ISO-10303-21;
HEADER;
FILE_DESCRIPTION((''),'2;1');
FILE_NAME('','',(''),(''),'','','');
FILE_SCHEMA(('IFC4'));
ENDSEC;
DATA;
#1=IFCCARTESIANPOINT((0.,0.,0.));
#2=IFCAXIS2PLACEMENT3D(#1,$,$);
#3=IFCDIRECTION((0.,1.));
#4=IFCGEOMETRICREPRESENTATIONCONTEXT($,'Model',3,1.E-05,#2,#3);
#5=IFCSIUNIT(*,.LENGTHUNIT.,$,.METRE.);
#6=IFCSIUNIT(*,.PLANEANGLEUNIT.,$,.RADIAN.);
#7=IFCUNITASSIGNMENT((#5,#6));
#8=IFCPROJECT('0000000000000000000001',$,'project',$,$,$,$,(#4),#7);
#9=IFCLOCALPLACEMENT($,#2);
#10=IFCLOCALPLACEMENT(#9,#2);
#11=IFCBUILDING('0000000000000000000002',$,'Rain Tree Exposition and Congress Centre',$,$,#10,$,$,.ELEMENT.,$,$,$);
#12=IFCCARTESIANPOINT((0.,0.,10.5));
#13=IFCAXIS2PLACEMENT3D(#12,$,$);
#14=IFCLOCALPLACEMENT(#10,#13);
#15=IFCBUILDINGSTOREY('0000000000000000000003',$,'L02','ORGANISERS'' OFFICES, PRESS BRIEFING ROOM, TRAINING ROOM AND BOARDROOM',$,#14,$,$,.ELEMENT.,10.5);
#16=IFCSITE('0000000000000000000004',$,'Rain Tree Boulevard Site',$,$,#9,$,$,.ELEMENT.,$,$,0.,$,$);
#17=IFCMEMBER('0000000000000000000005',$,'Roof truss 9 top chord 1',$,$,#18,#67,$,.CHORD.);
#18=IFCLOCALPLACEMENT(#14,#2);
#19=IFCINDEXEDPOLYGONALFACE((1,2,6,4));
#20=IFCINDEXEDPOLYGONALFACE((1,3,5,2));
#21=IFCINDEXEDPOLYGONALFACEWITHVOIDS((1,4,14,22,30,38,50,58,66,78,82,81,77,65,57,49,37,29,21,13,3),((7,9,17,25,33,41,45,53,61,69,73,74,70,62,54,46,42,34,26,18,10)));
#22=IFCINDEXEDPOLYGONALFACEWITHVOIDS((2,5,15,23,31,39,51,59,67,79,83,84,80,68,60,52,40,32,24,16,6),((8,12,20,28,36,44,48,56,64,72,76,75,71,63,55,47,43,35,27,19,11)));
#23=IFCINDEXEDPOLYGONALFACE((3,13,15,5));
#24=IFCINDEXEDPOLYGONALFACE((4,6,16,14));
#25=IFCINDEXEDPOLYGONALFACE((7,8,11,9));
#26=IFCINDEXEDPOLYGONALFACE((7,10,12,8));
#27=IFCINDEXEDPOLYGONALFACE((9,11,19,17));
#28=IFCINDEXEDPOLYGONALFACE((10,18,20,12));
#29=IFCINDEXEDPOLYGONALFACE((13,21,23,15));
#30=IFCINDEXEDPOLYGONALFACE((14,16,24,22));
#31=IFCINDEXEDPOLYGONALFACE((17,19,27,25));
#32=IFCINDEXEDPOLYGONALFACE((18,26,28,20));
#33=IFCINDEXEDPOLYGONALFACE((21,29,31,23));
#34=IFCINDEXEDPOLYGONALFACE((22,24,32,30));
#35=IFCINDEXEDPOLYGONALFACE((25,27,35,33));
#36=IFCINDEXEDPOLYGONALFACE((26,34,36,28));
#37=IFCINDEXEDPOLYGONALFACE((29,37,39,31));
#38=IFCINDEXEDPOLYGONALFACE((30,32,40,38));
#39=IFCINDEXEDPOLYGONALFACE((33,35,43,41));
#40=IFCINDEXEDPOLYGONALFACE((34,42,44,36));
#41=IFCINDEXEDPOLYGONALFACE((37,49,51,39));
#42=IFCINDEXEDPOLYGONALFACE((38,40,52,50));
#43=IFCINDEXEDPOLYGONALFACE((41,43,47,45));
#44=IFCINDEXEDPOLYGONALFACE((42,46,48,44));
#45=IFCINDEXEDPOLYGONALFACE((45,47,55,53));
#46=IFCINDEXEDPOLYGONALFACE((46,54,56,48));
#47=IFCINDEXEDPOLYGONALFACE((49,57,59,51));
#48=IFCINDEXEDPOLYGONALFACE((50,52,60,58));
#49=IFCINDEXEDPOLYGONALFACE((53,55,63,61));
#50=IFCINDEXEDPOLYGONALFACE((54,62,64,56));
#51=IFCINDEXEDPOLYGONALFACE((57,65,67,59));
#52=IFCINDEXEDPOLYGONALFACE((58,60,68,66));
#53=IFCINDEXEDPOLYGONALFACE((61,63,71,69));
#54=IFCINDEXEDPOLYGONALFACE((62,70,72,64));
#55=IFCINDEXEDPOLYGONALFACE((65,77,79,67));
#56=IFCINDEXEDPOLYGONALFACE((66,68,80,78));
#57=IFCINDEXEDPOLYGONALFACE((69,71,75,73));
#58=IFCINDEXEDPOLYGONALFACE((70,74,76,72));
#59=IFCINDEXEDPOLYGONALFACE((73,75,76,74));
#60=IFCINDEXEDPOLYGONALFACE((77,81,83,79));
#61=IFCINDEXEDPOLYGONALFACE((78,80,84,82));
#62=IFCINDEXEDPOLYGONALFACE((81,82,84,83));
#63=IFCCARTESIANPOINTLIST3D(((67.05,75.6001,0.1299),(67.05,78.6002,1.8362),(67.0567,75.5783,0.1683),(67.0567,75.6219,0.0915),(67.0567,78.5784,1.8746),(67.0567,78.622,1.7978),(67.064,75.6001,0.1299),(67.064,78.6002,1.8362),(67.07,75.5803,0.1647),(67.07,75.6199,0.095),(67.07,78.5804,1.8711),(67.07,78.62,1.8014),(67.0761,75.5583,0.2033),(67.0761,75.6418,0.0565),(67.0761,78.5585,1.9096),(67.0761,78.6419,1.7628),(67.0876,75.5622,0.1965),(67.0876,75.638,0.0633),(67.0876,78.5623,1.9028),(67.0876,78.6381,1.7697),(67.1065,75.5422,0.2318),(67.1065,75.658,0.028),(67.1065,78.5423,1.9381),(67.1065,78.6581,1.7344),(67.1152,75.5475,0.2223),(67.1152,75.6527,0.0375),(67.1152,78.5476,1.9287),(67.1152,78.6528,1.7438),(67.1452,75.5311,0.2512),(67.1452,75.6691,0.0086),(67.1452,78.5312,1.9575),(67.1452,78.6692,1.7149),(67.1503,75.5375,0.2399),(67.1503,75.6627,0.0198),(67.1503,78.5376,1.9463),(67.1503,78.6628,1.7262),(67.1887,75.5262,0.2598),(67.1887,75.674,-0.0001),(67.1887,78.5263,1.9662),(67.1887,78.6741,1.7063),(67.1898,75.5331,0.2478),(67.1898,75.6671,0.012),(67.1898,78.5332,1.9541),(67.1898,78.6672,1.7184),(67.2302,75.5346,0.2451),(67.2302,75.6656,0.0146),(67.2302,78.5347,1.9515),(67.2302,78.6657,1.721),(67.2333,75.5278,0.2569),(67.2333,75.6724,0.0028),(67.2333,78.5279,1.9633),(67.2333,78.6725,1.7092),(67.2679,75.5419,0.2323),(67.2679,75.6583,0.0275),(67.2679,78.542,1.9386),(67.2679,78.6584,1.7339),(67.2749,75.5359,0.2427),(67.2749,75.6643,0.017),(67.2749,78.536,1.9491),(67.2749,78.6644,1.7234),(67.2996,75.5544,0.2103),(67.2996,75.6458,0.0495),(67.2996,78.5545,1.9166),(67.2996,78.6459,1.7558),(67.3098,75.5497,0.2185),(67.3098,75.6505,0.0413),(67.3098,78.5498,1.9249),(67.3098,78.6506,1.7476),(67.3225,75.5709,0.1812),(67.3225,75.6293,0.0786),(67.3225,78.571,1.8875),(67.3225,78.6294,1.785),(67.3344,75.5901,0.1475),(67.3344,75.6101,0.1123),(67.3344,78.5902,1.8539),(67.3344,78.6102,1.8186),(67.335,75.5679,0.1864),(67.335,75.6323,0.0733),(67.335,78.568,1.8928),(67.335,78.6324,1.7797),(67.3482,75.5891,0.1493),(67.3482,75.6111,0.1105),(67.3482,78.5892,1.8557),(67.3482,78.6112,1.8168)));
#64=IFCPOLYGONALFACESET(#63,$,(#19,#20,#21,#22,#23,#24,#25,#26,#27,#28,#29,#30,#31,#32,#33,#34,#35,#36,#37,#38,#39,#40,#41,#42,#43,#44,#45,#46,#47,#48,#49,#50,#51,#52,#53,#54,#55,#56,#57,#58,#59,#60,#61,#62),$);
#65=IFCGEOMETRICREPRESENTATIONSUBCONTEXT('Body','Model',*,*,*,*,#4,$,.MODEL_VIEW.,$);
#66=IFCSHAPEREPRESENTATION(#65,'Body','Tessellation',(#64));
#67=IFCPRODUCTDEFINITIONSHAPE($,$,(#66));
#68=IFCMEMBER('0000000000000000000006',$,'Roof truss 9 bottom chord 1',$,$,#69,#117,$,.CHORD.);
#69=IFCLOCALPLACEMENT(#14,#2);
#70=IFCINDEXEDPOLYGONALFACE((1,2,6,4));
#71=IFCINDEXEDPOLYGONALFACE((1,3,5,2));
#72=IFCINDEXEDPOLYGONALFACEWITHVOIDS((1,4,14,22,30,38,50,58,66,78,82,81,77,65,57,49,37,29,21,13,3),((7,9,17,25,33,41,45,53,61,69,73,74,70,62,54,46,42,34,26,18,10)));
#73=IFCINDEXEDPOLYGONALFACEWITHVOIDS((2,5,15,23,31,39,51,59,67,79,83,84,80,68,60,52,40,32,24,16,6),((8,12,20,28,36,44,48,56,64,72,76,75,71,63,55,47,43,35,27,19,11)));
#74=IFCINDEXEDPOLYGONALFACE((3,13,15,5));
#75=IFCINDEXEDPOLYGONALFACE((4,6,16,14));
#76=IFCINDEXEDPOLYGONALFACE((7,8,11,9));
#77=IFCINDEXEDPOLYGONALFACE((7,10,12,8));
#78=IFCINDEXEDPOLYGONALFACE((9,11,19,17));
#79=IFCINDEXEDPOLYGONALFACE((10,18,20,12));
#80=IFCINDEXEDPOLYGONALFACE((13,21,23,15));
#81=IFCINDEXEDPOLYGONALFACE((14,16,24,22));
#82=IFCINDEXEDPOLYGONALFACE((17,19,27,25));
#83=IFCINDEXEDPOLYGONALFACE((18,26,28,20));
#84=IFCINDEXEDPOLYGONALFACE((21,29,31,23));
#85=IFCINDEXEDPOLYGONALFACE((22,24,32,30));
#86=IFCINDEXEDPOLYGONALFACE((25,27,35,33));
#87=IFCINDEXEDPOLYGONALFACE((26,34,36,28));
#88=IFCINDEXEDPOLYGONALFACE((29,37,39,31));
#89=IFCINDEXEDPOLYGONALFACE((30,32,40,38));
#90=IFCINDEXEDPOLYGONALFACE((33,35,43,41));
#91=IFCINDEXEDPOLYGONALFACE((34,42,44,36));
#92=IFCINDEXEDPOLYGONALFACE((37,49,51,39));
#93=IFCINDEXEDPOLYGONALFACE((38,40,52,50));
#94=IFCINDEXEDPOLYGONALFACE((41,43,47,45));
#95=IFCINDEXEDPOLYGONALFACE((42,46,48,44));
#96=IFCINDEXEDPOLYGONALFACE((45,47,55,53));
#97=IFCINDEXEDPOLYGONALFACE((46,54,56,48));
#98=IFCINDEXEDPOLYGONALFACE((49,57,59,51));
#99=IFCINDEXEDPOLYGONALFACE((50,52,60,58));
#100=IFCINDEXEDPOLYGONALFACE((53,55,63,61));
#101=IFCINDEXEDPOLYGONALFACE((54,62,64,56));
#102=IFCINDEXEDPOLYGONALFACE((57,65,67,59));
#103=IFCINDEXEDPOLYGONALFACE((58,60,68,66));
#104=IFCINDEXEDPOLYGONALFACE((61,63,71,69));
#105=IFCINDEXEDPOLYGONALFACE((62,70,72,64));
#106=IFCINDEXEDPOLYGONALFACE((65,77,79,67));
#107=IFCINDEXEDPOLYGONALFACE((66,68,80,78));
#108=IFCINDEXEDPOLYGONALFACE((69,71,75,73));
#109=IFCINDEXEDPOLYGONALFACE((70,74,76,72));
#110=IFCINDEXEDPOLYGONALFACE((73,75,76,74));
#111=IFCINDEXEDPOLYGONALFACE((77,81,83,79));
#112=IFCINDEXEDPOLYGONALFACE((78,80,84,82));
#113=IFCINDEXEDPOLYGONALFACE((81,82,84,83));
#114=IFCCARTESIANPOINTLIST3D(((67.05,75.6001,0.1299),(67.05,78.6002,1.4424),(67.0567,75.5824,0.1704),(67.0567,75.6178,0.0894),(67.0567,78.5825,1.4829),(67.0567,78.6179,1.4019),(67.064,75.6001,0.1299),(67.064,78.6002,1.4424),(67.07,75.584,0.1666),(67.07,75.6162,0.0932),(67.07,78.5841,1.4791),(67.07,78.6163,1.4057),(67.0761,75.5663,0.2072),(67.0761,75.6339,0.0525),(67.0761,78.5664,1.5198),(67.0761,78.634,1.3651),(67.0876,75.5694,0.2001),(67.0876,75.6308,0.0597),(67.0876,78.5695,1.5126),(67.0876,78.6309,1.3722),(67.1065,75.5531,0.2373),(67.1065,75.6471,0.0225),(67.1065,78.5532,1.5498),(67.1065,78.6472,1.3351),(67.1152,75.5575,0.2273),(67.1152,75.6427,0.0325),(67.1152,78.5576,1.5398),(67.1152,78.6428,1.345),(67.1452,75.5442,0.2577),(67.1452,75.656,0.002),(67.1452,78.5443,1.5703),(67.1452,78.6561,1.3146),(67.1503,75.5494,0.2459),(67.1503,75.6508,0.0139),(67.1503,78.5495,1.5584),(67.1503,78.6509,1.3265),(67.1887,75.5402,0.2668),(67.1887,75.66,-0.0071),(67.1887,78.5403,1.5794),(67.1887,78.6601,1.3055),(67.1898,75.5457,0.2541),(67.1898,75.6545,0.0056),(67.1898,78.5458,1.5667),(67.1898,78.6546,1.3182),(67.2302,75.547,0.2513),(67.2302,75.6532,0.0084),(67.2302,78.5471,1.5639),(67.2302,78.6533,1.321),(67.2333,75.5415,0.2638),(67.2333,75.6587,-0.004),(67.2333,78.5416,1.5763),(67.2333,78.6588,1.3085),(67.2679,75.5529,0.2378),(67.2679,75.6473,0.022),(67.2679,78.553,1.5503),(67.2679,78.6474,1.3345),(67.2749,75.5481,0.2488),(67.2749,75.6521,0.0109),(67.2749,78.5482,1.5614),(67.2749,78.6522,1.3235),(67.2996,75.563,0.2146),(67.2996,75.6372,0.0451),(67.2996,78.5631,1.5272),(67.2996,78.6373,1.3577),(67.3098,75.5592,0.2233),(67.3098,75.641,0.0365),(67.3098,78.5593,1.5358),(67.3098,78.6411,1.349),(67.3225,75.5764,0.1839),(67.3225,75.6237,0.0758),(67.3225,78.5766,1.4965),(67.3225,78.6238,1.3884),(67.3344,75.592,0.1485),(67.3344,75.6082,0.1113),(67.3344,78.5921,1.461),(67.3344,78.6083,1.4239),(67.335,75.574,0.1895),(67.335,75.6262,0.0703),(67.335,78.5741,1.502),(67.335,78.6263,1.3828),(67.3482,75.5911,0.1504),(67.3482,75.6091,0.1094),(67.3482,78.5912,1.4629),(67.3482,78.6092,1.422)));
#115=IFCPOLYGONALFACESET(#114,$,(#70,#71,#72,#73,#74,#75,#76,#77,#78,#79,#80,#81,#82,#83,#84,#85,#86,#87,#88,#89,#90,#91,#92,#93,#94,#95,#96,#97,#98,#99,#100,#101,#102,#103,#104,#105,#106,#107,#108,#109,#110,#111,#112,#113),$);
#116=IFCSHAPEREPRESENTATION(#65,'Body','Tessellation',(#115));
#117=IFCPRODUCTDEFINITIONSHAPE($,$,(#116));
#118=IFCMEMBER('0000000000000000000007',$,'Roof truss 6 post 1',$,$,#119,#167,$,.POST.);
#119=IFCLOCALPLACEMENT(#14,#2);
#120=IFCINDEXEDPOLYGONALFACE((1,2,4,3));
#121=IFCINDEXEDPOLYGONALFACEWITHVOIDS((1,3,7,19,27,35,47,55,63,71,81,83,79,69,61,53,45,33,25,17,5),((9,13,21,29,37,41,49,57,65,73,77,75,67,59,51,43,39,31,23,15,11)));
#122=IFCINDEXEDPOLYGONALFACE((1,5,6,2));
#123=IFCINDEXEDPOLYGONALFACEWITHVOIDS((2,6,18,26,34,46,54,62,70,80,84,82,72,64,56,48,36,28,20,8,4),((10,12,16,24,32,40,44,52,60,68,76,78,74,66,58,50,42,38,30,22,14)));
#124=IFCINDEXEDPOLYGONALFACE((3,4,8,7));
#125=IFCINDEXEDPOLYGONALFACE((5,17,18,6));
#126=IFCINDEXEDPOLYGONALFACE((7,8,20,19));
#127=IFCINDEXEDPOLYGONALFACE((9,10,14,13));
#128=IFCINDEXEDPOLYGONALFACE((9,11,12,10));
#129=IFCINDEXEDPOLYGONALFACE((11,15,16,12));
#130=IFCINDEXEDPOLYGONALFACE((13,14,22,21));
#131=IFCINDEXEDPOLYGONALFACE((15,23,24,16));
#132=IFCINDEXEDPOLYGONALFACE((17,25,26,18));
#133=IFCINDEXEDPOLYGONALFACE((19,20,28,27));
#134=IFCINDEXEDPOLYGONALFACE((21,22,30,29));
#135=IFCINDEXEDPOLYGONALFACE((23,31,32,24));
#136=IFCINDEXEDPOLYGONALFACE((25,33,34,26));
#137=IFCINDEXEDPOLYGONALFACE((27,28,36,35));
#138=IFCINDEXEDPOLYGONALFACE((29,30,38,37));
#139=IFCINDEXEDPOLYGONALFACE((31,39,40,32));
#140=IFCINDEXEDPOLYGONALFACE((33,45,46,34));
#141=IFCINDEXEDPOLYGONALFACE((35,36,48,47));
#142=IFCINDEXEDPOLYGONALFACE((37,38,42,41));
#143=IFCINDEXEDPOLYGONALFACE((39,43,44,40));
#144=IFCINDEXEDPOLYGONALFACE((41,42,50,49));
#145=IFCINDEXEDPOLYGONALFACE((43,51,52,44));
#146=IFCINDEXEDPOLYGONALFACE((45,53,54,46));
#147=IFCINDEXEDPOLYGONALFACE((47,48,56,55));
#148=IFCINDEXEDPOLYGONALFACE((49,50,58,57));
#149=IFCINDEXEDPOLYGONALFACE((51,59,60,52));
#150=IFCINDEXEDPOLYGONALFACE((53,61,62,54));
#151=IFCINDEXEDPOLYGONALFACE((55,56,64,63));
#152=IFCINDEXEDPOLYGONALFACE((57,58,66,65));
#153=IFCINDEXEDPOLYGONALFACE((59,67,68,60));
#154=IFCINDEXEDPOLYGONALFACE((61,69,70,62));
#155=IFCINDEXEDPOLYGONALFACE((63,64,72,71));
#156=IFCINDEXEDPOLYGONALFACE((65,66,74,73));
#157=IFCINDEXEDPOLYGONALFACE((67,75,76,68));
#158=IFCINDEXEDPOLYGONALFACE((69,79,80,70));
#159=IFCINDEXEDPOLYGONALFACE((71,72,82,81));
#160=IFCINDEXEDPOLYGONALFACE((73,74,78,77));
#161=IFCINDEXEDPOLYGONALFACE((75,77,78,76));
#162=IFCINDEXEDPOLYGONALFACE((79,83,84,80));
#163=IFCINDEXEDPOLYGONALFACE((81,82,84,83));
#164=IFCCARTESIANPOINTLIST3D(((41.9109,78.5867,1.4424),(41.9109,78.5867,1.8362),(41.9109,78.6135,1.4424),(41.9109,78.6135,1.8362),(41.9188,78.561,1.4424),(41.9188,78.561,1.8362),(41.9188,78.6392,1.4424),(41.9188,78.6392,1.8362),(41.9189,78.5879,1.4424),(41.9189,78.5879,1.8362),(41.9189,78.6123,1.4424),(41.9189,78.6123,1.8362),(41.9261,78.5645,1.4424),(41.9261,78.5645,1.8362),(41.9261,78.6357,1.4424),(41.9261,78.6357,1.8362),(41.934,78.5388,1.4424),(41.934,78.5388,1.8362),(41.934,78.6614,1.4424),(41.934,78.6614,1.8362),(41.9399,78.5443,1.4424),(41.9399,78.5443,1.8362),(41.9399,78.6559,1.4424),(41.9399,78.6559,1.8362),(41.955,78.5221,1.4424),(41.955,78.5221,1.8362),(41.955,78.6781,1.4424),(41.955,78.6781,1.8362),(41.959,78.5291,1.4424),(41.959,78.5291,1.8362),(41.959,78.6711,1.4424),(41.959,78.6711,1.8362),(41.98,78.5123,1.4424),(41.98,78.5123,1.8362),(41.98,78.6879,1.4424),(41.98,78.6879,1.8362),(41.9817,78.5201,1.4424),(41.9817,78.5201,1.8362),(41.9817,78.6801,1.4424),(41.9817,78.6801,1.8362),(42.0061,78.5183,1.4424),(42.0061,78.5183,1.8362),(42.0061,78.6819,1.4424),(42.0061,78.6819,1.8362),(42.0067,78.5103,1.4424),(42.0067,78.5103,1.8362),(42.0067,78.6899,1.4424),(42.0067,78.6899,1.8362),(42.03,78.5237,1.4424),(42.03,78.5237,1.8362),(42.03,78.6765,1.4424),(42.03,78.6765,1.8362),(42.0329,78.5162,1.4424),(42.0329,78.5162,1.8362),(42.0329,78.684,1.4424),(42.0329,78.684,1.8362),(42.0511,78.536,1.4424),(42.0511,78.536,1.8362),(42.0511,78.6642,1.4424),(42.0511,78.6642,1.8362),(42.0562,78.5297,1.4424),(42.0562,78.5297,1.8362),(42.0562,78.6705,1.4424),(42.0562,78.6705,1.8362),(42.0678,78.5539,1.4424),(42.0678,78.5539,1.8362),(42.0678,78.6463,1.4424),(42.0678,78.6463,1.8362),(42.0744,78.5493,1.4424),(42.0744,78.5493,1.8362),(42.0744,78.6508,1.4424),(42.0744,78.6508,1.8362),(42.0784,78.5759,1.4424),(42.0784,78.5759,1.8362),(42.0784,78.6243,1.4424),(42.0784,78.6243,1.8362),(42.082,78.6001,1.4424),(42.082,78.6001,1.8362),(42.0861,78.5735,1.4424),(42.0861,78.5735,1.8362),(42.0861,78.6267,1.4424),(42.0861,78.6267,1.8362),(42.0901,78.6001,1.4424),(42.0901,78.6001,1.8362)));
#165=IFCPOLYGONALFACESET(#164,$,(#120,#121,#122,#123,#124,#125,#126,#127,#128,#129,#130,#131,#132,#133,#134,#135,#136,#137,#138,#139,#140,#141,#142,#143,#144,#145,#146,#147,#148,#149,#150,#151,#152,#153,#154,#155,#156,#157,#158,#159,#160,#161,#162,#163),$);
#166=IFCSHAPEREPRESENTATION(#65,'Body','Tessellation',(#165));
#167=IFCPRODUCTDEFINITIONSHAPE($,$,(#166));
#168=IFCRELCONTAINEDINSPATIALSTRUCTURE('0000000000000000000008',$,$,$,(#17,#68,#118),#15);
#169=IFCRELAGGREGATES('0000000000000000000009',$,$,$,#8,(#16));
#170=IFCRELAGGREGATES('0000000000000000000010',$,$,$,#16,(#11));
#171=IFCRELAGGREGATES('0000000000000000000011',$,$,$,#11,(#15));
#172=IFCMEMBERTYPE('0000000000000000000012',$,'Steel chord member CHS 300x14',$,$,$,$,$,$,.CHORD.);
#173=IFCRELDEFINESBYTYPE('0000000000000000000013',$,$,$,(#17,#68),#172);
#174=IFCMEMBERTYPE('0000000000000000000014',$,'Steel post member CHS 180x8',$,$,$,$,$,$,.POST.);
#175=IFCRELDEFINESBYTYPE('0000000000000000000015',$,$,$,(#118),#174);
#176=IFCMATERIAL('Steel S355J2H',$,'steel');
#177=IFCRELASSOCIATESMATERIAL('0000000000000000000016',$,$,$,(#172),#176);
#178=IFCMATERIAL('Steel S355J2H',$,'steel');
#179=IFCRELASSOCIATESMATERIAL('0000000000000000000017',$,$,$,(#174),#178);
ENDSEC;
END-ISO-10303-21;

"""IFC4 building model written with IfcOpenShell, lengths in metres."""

from ifc_helpers import new_model, si_unit, direction, frame, origin, origin_2d, place, context, subcontext, project, spatial, hollow_circle, extrude, material, material_profile, profile_set, type_object, element, save


model = new_model("IFC4")

# Units and contexts
model_context = context("Model", 3, precision=1e-05, world=origin(), true_north=direction((0.0, 1.0)))
body_context = subcontext(model_context, "Body", "Model", "MODEL_VIEW")
ifc_project = project(units=[si_unit("LENGTHUNIT", "METRE"), si_unit("PLANEANGLEUNIT", "RADIAN")], contexts=[model_context])

# Site, building, storey
site_placement = place(None, origin())
site = spatial("IfcSite", under=ifc_project, at=site_placement, Name="Rain Tree Boulevard Site", CompositionType="ELEMENT", RefElevation=0.0)
building_placement = place(site_placement, origin())
building = spatial("IfcBuilding", under=site, at=building_placement, Name="Rain Tree Exposition and Congress Centre", CompositionType="ELEMENT")
storey_placement = place(building_placement, frame((0.0, 0.0, 10.5)))
storey = spatial("IfcBuildingStorey", under=building, at=storey_placement, Name="L02", Description="ORGANISERS' OFFICES, PRESS BRIEFING ROOM, TRAINING ROOM AND BOARDROOM", CompositionType="ELEMENT", Elevation=10.5)

# Members
ifc_material_1 = material(Name="Steel S355J2H", Category="steel")
ifc_material_profile_1 = material_profile(ifc_material_1, hollow_circle(Radius=0.1499, WallThickness=0.0139, at=origin_2d()), Name="CHS 300x14")
ifc_profile_set_1 = profile_set([ifc_material_profile_1], Name="Steel S355J2H")
member_type_1 = type_object("IfcMemberType", Name="Steel chord member CHS 300x14", PredefinedType="CHORD", material=ifc_profile_set_1)
member_1_placement = place(storey_placement, frame((67.2, 75.6001, 0.1299), z_axis=(0.0, 0.869238, 0.494393), x_axis=(-1.0, 0.0, 0.0)))
element("IfcMember", 1, at=member_1_placement, inside=storey, type_object=member_type_1, Name="Roof truss 9 top chord 1", PredefinedType="CHORD", context=body_context, shape_type="SweptSolid", body=[
    extrude(hollow_circle(Radius=0.1499, WallThickness=0.0139, at=origin_2d()), origin(), (0.0, 0.0, 1.0), 3.4514),
])
member_2_placement = place(storey_placement, frame((67.2, 75.6001, 0.1299), z_axis=(0.0, 0.916157, 0.400819), x_axis=(-1.0, 0.0, 0.0)))
element("IfcMember", 2, at=member_2_placement, inside=storey, type_object=member_type_1, Name="Roof truss 9 bottom chord 1", PredefinedType="CHORD", context=body_context, shape_type="SweptSolid", body=[
    extrude(hollow_circle(Radius=0.1499, WallThickness=0.0139, at=origin_2d()), origin(), (0.0, 0.0, 1.0), 3.2747),
])
ifc_material_2 = material(Name="Steel S355J2H", Category="steel")
ifc_material_profile_2 = material_profile(ifc_material_2, hollow_circle(Radius=0.0901, WallThickness=0.0081, at=origin_2d()), Name="CHS 180x8")
ifc_profile_set_2 = profile_set([ifc_material_profile_2], Name="Steel S355J2H")
member_type_2 = type_object("IfcMemberType", Name="Steel post member CHS 180x8", PredefinedType="POST", material=ifc_profile_set_2)
for number, where, z_axis, x_axis, name in (
    (3, (42.0, 78.6001, 1.4424), (0.0, 0.0, 1.0), (1.0, 0.0, 0.0), "Roof truss 6 post 1"),
):
    element("IfcMember", number, at=place(storey_placement, frame(where, z_axis=z_axis, x_axis=x_axis)), inside=storey, type_object=member_type_2, Name=name, PredefinedType="POST", context=body_context, shape_type="SweptSolid", body=[
        extrude(hollow_circle(Radius=0.0901, WallThickness=0.0081, at=origin_2d()), origin(), (0.0, 0.0, 1.0), 0.3938),
    ])

save(model, "model.ifc")
